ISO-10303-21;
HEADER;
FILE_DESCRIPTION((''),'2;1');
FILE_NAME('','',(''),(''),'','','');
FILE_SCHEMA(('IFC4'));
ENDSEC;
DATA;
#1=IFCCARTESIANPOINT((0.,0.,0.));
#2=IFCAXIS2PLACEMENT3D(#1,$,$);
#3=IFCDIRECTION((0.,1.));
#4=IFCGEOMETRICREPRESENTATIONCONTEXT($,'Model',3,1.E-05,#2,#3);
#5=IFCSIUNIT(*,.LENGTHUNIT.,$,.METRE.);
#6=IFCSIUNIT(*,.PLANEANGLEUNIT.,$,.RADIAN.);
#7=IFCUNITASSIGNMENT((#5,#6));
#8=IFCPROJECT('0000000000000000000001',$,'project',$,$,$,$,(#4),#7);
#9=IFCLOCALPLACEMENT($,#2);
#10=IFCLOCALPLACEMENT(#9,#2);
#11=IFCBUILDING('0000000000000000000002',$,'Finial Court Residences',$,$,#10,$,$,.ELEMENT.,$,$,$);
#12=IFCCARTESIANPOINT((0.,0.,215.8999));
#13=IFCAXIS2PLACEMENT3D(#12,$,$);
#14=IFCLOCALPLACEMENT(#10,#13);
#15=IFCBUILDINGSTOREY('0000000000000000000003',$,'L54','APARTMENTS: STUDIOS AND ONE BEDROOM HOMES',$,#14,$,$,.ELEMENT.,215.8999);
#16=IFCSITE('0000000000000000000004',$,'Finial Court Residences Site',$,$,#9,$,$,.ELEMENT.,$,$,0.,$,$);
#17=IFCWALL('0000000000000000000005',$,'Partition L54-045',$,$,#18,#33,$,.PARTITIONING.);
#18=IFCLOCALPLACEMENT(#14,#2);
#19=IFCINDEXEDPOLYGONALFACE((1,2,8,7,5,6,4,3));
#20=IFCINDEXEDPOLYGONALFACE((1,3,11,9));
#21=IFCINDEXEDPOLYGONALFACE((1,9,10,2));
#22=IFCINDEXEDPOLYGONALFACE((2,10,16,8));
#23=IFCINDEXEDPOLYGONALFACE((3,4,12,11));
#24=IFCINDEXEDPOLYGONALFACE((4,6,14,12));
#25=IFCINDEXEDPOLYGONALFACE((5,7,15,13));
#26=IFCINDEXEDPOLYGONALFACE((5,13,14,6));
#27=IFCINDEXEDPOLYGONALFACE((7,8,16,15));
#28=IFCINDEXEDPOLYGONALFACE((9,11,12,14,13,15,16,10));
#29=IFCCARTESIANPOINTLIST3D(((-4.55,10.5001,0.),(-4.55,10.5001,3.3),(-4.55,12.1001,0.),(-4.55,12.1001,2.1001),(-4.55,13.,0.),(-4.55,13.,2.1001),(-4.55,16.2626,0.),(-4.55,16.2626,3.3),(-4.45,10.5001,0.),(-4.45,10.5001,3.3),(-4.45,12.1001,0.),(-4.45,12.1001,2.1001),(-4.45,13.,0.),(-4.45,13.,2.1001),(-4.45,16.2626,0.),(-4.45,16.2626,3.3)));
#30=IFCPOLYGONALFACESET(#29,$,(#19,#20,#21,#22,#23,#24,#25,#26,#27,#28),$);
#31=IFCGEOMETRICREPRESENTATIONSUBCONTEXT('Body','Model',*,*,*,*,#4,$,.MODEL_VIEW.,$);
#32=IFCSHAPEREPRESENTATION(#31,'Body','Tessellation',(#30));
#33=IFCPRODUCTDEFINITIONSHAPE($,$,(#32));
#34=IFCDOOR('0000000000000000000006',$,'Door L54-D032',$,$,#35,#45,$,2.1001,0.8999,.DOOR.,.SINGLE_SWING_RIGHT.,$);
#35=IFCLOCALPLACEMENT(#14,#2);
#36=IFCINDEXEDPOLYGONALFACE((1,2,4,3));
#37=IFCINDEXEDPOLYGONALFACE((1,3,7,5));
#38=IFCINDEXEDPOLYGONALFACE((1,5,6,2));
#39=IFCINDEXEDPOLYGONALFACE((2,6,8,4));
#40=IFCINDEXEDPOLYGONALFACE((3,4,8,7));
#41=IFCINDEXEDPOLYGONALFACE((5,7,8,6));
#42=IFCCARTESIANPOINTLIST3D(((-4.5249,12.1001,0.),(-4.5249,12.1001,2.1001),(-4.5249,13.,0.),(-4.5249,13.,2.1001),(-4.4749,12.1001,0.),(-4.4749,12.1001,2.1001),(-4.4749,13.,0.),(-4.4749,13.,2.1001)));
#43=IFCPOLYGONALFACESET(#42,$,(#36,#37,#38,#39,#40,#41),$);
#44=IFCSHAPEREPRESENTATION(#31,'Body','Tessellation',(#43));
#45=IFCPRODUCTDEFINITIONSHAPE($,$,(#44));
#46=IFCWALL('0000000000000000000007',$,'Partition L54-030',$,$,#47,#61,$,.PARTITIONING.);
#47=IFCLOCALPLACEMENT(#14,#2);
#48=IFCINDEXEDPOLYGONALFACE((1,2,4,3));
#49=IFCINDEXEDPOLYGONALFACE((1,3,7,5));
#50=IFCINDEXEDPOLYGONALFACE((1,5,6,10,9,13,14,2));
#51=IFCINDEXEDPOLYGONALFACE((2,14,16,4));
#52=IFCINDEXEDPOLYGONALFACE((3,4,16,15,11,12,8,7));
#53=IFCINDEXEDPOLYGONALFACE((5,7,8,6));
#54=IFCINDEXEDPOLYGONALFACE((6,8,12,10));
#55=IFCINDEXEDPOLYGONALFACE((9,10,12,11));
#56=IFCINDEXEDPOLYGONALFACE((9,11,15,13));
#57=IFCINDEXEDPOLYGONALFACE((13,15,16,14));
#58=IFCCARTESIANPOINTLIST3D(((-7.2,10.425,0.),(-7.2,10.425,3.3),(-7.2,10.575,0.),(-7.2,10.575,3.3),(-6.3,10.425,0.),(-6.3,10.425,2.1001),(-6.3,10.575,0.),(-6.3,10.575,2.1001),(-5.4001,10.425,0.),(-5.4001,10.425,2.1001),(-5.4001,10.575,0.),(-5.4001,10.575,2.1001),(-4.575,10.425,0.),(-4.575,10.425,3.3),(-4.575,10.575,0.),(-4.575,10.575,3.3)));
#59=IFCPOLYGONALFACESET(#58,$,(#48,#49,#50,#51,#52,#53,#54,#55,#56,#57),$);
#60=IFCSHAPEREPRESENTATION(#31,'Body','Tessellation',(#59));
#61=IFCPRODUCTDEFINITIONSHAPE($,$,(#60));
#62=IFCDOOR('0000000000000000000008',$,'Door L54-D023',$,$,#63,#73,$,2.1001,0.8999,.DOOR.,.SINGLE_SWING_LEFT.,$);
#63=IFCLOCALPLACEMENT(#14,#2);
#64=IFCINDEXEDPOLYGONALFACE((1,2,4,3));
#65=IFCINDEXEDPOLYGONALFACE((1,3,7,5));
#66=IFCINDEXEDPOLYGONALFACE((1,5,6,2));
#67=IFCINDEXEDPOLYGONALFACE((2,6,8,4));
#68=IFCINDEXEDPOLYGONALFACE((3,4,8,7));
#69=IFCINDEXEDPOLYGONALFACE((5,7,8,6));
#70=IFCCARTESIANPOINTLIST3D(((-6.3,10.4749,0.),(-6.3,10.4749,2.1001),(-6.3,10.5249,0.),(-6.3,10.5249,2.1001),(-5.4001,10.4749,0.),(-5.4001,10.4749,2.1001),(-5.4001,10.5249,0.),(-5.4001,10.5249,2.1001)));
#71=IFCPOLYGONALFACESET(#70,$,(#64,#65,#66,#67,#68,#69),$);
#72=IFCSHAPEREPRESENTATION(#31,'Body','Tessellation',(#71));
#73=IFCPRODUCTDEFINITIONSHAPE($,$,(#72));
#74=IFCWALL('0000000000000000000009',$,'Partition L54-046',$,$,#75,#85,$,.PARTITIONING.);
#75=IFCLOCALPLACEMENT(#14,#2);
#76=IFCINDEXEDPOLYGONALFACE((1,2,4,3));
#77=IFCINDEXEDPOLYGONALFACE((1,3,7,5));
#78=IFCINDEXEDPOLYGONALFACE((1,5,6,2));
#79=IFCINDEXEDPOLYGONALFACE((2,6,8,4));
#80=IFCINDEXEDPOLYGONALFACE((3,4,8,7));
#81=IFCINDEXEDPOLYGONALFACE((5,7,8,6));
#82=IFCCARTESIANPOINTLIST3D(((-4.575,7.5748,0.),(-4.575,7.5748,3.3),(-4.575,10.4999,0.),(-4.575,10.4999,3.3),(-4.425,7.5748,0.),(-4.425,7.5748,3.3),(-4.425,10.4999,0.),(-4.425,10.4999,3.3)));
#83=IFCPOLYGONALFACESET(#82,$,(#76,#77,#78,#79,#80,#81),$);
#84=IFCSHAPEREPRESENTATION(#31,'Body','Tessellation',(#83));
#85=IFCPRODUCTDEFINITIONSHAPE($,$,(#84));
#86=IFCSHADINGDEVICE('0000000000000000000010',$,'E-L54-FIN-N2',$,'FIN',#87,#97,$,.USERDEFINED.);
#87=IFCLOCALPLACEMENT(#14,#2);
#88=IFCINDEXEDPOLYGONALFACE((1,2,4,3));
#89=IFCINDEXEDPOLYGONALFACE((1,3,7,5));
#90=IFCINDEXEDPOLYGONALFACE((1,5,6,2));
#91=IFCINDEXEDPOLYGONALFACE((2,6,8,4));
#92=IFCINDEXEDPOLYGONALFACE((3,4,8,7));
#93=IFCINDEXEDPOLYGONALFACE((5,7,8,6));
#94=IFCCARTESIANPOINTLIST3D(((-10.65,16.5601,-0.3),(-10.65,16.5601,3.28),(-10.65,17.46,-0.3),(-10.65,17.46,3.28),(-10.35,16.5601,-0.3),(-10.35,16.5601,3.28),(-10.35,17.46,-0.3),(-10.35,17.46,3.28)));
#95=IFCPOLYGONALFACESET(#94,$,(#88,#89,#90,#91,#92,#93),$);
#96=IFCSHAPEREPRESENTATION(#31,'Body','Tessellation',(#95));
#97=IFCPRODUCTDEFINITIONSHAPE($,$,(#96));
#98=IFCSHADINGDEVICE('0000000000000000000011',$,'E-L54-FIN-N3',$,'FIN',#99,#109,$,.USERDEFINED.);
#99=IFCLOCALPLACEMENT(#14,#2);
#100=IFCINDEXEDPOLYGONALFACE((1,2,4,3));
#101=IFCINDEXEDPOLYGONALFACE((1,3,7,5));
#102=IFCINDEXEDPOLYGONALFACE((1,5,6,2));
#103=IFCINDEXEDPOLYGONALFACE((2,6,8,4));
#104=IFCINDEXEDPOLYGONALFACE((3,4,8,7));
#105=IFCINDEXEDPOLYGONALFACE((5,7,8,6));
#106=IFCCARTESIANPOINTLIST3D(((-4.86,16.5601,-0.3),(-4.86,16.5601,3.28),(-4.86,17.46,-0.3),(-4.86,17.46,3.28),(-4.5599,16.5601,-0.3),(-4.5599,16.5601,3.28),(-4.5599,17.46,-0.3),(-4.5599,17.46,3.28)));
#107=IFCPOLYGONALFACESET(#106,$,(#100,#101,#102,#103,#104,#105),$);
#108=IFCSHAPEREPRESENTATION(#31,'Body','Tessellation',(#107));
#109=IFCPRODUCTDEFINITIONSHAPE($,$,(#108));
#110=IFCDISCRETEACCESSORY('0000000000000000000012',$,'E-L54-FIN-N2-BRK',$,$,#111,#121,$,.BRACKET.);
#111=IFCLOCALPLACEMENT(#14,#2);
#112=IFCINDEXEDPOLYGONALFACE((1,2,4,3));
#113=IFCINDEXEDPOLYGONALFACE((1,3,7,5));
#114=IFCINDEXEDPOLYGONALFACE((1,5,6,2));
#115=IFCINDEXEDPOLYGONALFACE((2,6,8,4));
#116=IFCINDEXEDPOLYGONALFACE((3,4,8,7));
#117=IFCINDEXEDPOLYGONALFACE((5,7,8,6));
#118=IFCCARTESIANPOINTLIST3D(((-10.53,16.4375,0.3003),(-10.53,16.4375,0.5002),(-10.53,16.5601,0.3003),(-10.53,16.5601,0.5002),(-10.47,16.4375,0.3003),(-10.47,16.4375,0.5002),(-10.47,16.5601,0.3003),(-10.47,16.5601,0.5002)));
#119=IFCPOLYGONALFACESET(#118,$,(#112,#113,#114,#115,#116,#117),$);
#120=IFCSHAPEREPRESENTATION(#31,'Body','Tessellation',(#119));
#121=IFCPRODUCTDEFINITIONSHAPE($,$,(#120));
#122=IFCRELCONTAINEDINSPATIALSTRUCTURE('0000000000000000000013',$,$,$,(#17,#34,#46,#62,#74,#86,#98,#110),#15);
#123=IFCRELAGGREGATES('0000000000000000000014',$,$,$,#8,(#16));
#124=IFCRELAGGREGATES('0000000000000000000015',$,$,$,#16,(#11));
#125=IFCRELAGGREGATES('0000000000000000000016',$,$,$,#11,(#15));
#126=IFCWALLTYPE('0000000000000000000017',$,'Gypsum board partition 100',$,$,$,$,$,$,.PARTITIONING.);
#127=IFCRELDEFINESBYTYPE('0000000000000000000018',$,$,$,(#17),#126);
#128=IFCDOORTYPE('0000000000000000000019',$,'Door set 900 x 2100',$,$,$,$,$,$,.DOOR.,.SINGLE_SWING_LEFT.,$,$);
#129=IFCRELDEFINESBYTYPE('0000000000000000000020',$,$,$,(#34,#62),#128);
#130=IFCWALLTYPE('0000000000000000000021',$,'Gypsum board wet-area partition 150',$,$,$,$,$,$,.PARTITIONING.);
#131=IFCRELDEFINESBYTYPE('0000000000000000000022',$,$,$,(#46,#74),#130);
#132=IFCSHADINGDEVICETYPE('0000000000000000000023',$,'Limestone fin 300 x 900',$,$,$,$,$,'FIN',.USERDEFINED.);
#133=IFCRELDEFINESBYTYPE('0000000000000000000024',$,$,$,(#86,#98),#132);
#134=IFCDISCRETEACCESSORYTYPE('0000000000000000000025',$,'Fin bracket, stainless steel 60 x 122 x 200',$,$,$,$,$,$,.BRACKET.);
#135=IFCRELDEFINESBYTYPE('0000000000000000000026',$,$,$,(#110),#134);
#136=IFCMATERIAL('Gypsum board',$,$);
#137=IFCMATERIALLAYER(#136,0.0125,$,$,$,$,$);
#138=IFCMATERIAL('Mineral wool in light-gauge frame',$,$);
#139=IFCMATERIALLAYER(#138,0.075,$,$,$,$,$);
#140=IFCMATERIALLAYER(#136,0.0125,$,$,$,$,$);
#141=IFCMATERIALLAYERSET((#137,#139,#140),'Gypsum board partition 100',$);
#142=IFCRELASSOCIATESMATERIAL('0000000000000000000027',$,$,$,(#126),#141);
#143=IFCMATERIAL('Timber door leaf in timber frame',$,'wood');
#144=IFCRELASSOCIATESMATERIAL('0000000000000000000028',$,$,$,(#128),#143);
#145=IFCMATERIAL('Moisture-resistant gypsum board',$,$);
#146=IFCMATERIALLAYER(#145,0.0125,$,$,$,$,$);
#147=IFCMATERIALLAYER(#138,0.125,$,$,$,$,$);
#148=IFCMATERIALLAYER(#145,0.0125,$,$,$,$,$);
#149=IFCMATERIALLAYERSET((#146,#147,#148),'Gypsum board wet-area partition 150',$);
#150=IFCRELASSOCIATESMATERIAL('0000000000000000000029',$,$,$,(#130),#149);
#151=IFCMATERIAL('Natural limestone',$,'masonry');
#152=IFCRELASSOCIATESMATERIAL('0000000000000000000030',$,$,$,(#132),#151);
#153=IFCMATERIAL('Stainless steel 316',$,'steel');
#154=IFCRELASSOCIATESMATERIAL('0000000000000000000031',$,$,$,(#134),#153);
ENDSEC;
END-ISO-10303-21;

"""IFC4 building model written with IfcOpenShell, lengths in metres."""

from ifc_helpers import new_model, si_unit, direction, frame, frame_2d, origin, origin_2d, place, context, subcontext, project, spatial, rectangle, extrude, material, layer, layer_set, type_object, element, fill, save


model = new_model("IFC4")

# Units and contexts
model_context = context("Model", 3, precision=1e-05, world=origin(), true_north=direction((0.0, 1.0)))
body_context = subcontext(model_context, "Body", "Model", "MODEL_VIEW")
ifc_project = project(units=[si_unit("LENGTHUNIT", "METRE"), si_unit("PLANEANGLEUNIT", "RADIAN")], contexts=[model_context])

# Site, building, storey
site_placement = place(None, origin())
site = spatial("IfcSite", under=ifc_project, at=site_placement, Name="Finial Court Residences Site", CompositionType="ELEMENT", RefElevation=0.0)
building_placement = place(site_placement, origin())
building = spatial("IfcBuilding", under=site, at=building_placement, Name="Finial Court Residences", CompositionType="ELEMENT")
storey_placement = place(building_placement, frame((0.0, 0.0, 215.8999)))
storey = spatial("IfcBuildingStorey", under=building, at=storey_placement, Name="L54", Description="APARTMENTS: STUDIOS AND ONE BEDROOM HOMES", CompositionType="ELEMENT", Elevation=215.8999)

# Walls, openings, doors
ifc_material_1 = material(Name="Gypsum board")
ifc_layer_1 = layer(ifc_material_1, 0.0125)
ifc_material_2 = material(Name="Mineral wool in light-gauge frame")
ifc_layer_2 = layer(ifc_material_2, 0.075)
ifc_layer_3 = layer(ifc_material_1, 0.0125)
ifc_layer_set_1 = layer_set([ifc_layer_1, ifc_layer_2, ifc_layer_3], Name="Gypsum board partition 100")
wall_type_1 = type_object("IfcWallType", Name="Gypsum board partition 100", PredefinedType="PARTITIONING", material=ifc_layer_set_1)
ifc_material_3 = material(Name="Timber door leaf in timber frame", Category="wood")
door_type = type_object("IfcDoorType", Name="Door set 900 x 2100", OperationType="SINGLE_SWING_LEFT", PredefinedType="DOOR", material=ifc_material_3)
wall_1_placement = place(storey_placement, frame((-4.5, 10.5, 0.0), z_axis=(0.0, 0.0, 1.0), x_axis=(0.0, 1.0, 0.0)))
wall_1 = element("IfcWall", 1, at=wall_1_placement, inside=storey, type_object=wall_type_1, Name="Partition L54-045", PredefinedType="PARTITIONING", context=body_context, shape_type="SweptSolid", body=[
    extrude(rectangle(XDim=5.7625, YDim=0.1001, at=frame_2d((2.8813, 0.0))), origin(), (0.0, 0.0, 1.0), 3.3),
])
opening_1_placement = place(wall_1_placement, frame((1.6001, 0.0, 0.0)))
opening_1 = element("IfcOpeningElement", 2, at=opening_1_placement, cuts=wall_1, PredefinedType="OPENING", context=body_context, shape_type="SweptSolid", body=[
    extrude(rectangle(XDim=0.8999, YDim=2.1001, at=frame_2d((0.45, 1.05))), frame((0.0, 0.0601, 0.0), z_axis=(0.0, -1.0, 0.0), x_axis=(1.0, 0.0, 0.0)), (0.0, 0.0, 1.0), 0.1201),
])
door_1_placement = place(opening_1_placement, origin())
door_1 = element("IfcDoor", 3, at=door_1_placement, inside=storey, type_object=door_type, Name="Door L54-D032", OperationType="SINGLE_SWING_RIGHT", OverallHeight=2.1001, OverallWidth=0.8999, PredefinedType="DOOR", context=body_context, shape_type="SweptSolid", body=[
    extrude(rectangle(XDim=0.8999, YDim=2.1001, at=frame_2d((0.45, 1.05))), frame((0.0, 0.0249, 0.0), z_axis=(0.0, -1.0, 0.0), x_axis=(1.0, 0.0, 0.0)), (0.0, 0.0, 1.0), 0.05),
])
fill(opening_1, door_1)
ifc_material_4 = material(Name="Moisture-resistant gypsum board")
ifc_layer_4 = layer(ifc_material_4, 0.0125)
ifc_layer_5 = layer(ifc_material_2, 0.125)
ifc_layer_6 = layer(ifc_material_4, 0.0125)
ifc_layer_set_2 = layer_set([ifc_layer_4, ifc_layer_5, ifc_layer_6], Name="Gypsum board wet-area partition 150")
wall_type_2 = type_object("IfcWallType", Name="Gypsum board wet-area partition 150", PredefinedType="PARTITIONING", material=ifc_layer_set_2)
wall_2_placement = place(storey_placement, frame((-7.2, 10.5, 0.0), z_axis=(0.0, 0.0, 1.0), x_axis=(1.0, 0.0, 0.0)))
wall_2 = element("IfcWall", 4, at=wall_2_placement, inside=storey, type_object=wall_type_2, Name="Partition L54-030", PredefinedType="PARTITIONING", context=body_context, shape_type="SweptSolid", body=[
    extrude(rectangle(XDim=2.625, YDim=0.1499, at=frame_2d((1.3125, 0.0))), origin(), (0.0, 0.0, 1.0), 3.3),
])
opening_2_placement = place(wall_2_placement, frame((0.8999, 0.0, 0.0)))
opening_2 = element("IfcOpeningElement", 5, at=opening_2_placement, cuts=wall_2, PredefinedType="OPENING", context=body_context, shape_type="SweptSolid", body=[
    extrude(rectangle(XDim=0.8999, YDim=2.1001, at=frame_2d((0.45, 1.05))), frame((0.0, 0.085, 0.0), z_axis=(0.0, -1.0, 0.0), x_axis=(1.0, 0.0, 0.0)), (0.0, 0.0, 1.0), 0.1699),
])
door_2_placement = place(opening_2_placement, origin())
door_2 = element("IfcDoor", 6, at=door_2_placement, inside=storey, type_object=door_type, Name="Door L54-D023", OperationType="SINGLE_SWING_LEFT", OverallHeight=2.1001, OverallWidth=0.8999, PredefinedType="DOOR", context=body_context, shape_type="SweptSolid", body=[
    extrude(rectangle(XDim=0.8999, YDim=2.1001, at=frame_2d((0.45, 1.05))), frame((0.0, 0.0249, 0.0), z_axis=(0.0, -1.0, 0.0), x_axis=(1.0, 0.0, 0.0)), (0.0, 0.0, 1.0), 0.05),
])
fill(opening_2, door_2)

# Wall
wall_3_placement = place(storey_placement, frame((-4.5, 7.575, 0.0), z_axis=(0.0, 0.0, 1.0), x_axis=(0.0, 1.0, 0.0)))
element("IfcWall", 7, at=wall_3_placement, inside=storey, type_object=wall_type_2, Name="Partition L54-046", PredefinedType="PARTITIONING", context=body_context, shape_type="SweptSolid", body=[
    extrude(rectangle(XDim=2.925, YDim=0.1499, at=frame_2d((1.4624, 0.0))), origin(), (0.0, 0.0, 1.0), 3.3),
])

# Shading devices
ifc_material_5 = material(Name="Natural limestone", Category="masonry")
shading_device_type = type_object("IfcShadingDeviceType", Name="Limestone fin 300 x 900", ElementType="FIN", PredefinedType="USERDEFINED", material=ifc_material_5)
for number, where, z_axis, x_axis, name in (
    (8, (-10.5, 17.01, -0.3), (0.0, 0.0, 1.0), (1.0, 0.0, 0.0), "E-L54-FIN-N2"),
    (9, (-4.71, 17.01, -0.3), (0.0, 0.0, 1.0), (1.0, 0.0, 0.0), "E-L54-FIN-N3"),
):
    element("IfcShadingDevice", number, at=place(storey_placement, frame(where, z_axis=z_axis, x_axis=x_axis)), inside=storey, type_object=shading_device_type, Name=name, ObjectType="FIN", PredefinedType="USERDEFINED", context=body_context, shape_type="SweptSolid", body=[
        extrude(rectangle(XDim=0.3, YDim=0.8999, at=origin_2d()), origin(), (0.0, 0.0, 1.0), 3.5801),
    ])

# Discrete accessory
ifc_material_6 = material(Name="Stainless steel 316", Category="steel")
discrete_accessory_type = type_object("IfcDiscreteAccessoryType", Name="Fin bracket, stainless steel 60 x 122 x 200", PredefinedType="BRACKET", material=ifc_material_6)
discrete_accessory_placement = place(storey_placement, frame((-10.5, 16.4988, 0.3003), z_axis=(0.0, 0.0, 1.0), x_axis=(1.0, 0.0, 0.0)))
element("IfcDiscreteAccessory", 10, at=discrete_accessory_placement, inside=storey, type_object=discrete_accessory_type, Name="E-L54-FIN-N2-BRK", PredefinedType="BRACKET", context=body_context, shape_type="SweptSolid", body=[
    extrude(rectangle(XDim=0.0601, YDim=0.1226, at=origin_2d()), origin(), (0.0, 0.0, 1.0), 0.2),
])

save(model, "model.ifc")
